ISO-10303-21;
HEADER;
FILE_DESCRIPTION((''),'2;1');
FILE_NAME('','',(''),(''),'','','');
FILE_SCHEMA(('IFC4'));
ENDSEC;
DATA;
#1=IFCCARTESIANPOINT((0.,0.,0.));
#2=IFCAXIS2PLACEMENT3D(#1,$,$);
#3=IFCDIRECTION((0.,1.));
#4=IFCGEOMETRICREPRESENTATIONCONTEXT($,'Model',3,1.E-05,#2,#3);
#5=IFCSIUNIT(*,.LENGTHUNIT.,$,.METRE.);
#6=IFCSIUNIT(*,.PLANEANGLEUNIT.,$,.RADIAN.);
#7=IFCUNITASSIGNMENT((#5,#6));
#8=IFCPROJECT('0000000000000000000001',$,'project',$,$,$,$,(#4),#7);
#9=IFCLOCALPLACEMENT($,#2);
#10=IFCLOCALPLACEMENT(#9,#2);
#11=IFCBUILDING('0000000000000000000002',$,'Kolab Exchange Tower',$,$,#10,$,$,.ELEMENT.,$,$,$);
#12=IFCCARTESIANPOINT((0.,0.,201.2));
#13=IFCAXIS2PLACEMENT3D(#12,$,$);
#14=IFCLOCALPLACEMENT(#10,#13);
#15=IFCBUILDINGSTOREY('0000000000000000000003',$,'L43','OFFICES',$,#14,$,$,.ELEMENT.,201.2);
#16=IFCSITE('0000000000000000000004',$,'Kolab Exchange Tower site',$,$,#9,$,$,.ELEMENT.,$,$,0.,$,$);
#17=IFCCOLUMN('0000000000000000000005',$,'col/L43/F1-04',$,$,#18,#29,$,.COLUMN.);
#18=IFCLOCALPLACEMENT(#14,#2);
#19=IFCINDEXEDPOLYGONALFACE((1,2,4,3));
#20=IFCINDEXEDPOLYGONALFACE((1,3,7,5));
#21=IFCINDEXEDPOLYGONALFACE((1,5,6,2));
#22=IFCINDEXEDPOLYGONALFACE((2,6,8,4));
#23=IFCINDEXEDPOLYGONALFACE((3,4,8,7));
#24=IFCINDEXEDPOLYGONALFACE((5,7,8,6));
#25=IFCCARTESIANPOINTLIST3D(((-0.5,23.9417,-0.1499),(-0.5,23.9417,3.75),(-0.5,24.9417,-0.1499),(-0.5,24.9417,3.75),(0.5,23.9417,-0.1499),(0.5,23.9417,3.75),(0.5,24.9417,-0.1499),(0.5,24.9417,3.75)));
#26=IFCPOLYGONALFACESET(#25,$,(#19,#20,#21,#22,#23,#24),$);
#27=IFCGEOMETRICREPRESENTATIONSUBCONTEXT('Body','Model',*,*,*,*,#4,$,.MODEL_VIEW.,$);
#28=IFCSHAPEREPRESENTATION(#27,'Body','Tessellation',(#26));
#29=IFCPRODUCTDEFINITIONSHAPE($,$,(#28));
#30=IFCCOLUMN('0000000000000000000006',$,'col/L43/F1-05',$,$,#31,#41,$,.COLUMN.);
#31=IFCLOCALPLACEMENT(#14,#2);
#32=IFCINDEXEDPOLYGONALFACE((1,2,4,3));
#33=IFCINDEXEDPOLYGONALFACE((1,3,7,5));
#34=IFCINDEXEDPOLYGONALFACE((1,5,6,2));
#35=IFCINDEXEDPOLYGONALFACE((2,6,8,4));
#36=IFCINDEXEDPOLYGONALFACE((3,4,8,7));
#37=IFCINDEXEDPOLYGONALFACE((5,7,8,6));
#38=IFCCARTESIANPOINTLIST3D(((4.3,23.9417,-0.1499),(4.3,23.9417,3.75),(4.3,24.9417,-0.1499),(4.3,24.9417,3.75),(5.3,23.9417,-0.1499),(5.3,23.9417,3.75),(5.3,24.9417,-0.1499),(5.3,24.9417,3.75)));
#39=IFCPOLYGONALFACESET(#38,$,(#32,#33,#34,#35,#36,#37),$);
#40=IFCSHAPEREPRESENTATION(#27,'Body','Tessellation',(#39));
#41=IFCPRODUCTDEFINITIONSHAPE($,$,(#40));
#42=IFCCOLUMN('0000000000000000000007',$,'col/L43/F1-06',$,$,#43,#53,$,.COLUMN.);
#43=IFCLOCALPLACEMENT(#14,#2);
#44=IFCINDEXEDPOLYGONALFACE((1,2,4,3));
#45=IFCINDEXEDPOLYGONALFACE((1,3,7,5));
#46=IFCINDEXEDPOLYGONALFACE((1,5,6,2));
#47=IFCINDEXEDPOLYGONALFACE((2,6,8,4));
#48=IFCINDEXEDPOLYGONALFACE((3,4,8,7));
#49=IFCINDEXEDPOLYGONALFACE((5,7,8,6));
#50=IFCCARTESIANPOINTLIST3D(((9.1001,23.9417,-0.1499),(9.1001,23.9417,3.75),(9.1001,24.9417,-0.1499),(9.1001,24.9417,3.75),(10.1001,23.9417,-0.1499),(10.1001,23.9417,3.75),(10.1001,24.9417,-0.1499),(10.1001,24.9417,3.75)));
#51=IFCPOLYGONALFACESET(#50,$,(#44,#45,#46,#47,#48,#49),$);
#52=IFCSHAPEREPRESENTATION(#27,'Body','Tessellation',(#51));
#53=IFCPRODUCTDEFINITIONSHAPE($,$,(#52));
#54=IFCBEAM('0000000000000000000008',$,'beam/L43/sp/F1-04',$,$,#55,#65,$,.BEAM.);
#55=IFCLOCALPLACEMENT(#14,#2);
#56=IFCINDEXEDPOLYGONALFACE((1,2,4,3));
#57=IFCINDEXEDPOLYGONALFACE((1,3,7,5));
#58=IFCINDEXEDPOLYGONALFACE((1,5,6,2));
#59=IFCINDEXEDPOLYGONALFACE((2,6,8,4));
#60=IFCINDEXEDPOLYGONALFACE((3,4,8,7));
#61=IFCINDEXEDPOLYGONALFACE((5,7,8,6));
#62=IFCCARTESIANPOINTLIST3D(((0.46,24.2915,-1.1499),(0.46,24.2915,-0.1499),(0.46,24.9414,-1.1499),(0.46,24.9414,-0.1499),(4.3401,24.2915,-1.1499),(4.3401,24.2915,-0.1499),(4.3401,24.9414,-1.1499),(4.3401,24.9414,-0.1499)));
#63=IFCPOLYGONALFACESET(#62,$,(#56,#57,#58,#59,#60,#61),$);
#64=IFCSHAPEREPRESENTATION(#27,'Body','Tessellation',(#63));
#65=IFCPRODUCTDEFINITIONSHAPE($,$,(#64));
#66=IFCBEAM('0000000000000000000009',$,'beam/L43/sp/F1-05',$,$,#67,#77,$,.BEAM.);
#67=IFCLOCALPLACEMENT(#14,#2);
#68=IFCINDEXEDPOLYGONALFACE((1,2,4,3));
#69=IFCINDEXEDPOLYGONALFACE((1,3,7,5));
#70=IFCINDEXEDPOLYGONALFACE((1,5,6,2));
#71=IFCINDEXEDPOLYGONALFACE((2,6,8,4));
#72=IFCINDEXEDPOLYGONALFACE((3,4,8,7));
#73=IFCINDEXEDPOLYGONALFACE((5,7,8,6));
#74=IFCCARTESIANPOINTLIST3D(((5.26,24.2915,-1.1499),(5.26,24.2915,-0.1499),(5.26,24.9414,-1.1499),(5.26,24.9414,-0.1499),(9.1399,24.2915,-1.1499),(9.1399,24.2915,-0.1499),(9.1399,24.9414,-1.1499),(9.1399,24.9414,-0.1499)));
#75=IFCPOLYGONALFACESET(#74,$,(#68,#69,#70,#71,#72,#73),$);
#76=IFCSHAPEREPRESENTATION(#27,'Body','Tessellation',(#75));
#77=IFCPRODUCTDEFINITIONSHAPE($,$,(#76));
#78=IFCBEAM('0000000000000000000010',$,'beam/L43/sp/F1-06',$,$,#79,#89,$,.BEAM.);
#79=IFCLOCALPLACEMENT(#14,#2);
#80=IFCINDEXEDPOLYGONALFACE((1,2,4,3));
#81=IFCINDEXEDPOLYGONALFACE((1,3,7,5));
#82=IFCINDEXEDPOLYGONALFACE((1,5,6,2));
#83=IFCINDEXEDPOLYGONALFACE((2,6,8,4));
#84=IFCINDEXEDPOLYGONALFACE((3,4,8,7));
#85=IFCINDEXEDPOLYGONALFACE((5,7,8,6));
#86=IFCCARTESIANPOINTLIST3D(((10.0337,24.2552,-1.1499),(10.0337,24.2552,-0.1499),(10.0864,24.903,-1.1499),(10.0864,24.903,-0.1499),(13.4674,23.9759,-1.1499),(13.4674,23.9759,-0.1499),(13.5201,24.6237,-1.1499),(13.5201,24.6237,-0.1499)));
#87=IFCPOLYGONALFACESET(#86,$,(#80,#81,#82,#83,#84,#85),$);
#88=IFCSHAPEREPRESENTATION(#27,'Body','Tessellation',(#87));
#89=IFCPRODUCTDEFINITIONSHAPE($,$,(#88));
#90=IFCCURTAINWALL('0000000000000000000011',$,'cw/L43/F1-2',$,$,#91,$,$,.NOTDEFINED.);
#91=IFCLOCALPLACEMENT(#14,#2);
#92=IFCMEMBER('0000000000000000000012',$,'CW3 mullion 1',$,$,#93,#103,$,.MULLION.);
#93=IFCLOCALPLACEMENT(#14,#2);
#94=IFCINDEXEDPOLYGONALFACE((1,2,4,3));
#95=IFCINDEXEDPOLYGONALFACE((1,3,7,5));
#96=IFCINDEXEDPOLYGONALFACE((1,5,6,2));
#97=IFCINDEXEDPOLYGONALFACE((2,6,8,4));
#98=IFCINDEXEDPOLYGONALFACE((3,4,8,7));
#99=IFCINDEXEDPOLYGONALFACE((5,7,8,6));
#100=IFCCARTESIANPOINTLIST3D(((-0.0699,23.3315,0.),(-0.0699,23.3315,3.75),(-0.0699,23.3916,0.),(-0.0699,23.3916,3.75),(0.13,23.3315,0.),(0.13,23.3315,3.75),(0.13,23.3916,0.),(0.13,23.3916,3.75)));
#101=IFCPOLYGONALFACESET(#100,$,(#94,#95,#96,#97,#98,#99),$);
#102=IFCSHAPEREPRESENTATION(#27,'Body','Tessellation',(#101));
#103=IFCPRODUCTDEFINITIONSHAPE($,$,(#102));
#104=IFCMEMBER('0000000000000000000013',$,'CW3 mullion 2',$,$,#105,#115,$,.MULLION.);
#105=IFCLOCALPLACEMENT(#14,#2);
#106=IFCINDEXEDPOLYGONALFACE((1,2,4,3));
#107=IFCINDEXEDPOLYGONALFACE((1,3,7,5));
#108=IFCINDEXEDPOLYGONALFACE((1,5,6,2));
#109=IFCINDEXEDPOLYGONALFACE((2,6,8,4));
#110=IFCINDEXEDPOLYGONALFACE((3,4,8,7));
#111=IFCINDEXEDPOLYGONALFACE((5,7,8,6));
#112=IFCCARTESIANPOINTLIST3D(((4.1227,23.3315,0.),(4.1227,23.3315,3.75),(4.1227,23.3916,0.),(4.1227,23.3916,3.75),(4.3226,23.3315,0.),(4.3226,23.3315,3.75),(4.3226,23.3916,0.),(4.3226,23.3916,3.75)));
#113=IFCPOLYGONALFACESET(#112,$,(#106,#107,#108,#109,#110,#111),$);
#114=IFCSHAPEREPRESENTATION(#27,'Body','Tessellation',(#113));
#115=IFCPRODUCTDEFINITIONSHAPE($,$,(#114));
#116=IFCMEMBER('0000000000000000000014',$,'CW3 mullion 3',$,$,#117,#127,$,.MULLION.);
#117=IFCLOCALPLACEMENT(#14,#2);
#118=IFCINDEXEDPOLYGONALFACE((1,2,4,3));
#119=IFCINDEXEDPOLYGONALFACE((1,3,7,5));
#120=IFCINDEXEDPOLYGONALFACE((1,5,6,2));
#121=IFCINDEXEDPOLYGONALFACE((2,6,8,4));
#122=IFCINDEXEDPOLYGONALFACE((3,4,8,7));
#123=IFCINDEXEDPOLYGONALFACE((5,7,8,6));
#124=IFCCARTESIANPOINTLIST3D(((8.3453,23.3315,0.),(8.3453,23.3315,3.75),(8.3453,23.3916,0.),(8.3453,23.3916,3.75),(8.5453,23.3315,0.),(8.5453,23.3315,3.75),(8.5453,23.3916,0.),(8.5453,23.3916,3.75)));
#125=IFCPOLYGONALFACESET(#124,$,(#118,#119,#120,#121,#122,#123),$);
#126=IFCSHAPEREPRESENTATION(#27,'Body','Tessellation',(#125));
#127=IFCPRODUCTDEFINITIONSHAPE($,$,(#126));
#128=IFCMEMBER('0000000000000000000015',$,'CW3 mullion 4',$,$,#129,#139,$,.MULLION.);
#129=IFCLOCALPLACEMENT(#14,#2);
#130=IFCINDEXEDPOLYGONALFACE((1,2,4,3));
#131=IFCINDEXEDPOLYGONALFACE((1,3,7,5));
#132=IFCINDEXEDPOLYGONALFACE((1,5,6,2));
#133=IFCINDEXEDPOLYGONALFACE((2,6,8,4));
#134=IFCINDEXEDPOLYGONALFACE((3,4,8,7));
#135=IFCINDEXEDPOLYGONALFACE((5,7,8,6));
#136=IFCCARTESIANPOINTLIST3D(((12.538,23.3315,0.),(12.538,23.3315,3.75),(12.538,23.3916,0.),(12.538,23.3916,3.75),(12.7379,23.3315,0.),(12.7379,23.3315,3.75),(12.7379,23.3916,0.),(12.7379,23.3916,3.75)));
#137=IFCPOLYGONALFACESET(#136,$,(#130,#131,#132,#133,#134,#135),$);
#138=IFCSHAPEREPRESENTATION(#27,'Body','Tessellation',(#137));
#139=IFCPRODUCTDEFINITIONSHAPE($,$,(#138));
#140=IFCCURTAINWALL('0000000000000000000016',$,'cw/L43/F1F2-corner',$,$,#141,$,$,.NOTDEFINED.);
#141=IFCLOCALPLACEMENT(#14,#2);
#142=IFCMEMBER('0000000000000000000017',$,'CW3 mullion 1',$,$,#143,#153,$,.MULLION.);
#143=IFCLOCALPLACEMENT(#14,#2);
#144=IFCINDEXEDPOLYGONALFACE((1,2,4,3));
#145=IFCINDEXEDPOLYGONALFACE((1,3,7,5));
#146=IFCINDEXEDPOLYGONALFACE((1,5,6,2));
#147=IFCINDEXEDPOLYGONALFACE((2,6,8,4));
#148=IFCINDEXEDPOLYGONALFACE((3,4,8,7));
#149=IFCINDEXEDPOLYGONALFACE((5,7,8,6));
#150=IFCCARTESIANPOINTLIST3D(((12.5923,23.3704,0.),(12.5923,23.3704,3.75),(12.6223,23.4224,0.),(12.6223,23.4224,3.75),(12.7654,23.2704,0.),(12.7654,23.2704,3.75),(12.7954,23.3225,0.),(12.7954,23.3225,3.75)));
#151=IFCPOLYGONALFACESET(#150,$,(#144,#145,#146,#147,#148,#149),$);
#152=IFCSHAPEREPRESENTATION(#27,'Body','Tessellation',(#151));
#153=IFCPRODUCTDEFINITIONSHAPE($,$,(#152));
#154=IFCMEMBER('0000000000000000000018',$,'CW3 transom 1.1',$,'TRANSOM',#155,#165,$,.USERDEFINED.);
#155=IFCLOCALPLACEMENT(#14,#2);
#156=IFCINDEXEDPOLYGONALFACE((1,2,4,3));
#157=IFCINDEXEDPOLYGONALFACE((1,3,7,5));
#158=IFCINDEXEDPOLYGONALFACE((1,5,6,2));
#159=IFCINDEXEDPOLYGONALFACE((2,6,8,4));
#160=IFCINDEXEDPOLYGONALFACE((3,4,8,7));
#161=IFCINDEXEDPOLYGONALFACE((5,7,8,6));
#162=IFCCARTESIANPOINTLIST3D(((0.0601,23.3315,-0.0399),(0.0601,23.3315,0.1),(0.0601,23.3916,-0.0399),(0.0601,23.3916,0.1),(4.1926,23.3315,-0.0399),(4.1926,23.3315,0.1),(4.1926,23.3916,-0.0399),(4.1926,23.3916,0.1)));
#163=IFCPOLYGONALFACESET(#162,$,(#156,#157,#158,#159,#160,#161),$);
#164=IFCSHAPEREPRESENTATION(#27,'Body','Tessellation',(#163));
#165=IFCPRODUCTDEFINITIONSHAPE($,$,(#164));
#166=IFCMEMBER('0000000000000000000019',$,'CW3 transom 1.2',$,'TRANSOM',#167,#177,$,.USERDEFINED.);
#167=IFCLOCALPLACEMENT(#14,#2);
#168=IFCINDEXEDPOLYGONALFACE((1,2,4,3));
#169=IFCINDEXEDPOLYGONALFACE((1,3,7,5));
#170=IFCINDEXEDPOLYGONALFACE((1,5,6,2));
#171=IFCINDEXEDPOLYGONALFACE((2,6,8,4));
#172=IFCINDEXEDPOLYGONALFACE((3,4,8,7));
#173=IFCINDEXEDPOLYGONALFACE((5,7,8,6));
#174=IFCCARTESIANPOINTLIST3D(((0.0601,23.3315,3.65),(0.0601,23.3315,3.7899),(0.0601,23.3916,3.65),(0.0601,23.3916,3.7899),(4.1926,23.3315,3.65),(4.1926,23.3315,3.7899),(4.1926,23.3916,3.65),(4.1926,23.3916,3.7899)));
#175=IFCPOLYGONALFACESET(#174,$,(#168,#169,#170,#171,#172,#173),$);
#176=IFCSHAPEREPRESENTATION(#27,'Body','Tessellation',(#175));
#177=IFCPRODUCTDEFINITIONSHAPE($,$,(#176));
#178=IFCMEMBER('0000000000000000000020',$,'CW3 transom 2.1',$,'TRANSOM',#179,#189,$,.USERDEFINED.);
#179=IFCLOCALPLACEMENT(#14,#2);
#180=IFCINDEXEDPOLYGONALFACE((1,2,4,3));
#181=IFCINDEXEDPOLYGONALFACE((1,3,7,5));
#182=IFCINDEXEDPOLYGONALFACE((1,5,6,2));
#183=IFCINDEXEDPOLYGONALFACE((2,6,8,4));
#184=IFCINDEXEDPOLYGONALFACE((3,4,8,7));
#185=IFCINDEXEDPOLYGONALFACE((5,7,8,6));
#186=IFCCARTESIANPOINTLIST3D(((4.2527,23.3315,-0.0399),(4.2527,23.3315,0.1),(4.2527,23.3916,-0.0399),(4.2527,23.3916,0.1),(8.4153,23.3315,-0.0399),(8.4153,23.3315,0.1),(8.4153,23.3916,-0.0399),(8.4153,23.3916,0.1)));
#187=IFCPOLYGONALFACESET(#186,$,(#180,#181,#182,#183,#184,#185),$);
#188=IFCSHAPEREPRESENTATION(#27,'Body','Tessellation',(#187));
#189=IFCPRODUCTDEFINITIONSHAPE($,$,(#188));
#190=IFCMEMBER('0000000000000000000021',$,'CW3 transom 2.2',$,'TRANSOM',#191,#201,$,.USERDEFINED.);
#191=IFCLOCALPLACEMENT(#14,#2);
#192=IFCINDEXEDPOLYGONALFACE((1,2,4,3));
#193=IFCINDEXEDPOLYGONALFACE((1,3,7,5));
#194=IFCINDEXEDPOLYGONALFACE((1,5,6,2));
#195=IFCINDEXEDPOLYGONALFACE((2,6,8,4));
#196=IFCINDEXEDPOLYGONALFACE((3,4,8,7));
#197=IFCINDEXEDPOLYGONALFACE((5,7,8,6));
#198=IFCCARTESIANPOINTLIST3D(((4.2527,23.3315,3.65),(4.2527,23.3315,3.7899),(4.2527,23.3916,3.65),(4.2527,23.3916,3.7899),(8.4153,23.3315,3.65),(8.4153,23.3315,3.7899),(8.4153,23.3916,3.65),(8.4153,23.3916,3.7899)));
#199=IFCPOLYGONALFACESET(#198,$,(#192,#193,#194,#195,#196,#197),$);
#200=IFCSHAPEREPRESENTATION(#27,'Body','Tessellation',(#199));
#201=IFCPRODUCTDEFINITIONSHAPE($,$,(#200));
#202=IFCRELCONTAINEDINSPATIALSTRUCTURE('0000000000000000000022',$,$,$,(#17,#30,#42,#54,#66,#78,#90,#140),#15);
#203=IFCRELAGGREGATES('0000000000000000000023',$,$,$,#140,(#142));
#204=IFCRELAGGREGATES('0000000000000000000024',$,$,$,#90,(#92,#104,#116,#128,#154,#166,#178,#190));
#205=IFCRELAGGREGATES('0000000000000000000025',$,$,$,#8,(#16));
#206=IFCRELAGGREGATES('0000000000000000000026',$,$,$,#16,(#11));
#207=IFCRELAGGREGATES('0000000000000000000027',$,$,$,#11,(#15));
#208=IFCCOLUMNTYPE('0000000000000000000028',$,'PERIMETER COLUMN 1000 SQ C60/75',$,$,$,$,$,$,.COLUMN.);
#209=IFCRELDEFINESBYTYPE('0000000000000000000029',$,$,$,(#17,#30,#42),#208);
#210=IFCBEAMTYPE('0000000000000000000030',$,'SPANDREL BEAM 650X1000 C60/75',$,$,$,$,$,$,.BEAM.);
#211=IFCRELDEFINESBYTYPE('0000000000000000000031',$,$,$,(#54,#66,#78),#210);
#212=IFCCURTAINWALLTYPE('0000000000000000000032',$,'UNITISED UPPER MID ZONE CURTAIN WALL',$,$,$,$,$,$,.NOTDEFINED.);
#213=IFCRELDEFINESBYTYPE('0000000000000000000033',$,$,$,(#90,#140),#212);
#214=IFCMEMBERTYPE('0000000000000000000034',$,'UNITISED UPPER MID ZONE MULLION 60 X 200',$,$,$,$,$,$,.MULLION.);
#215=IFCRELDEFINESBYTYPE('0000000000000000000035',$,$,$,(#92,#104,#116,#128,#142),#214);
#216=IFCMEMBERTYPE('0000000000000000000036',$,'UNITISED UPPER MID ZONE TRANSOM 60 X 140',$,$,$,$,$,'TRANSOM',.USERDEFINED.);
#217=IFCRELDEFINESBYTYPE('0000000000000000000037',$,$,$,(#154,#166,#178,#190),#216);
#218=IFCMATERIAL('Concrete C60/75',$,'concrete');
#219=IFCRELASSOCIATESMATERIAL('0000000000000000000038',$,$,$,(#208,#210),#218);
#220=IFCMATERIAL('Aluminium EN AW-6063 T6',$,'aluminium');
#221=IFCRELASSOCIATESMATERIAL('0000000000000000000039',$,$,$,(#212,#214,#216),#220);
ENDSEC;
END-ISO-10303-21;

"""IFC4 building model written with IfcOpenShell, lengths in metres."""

from ifc_helpers import new_model, si_unit, direction, frame, origin, origin_2d, place, context, subcontext, project, spatial, rectangle, extrude, material, material_profile, profile_set, type_object, element, aggregate, save


model = new_model("IFC4")

# Units and contexts
model_context = context("Model", 3, precision=1e-05, world=origin(), true_north=direction((0.0, 1.0)))
body_context = subcontext(model_context, "Body", "Model", "MODEL_VIEW")
ifc_project = project(units=[si_unit("LENGTHUNIT", "METRE"), si_unit("PLANEANGLEUNIT", "RADIAN")], contexts=[model_context])

# Site, building, storey
site_placement = place(None, origin())
site = spatial("IfcSite", under=ifc_project, at=site_placement, Name="Kolab Exchange Tower site", CompositionType="ELEMENT", RefElevation=0.0)
building_placement = place(site_placement, origin())
building = spatial("IfcBuilding", under=site, at=building_placement, Name="Kolab Exchange Tower", CompositionType="ELEMENT")
storey_placement = place(building_placement, frame((0.0, 0.0, 201.2)))
storey = spatial("IfcBuildingStorey", under=building, at=storey_placement, Name="L43", Description="OFFICES", CompositionType="ELEMENT", Elevation=201.2)

# Columns
ifc_material_1 = material(Name="Concrete C60/75", Category="concrete")
ifc_material_profile_1 = material_profile(ifc_material_1, rectangle(XDim=1.0, YDim=1.0, at=origin_2d()), Name="RC1000")
ifc_profile_set_1 = profile_set([ifc_material_profile_1], Name="Concrete C60/75")
column_type = type_object("IfcColumnType", Name="PERIMETER COLUMN 1000 SQ C60/75", PredefinedType="COLUMN", material=ifc_profile_set_1)
for number, where, z_axis, x_axis, name in (
    (1, (0.0, 24.4417, -0.1499), (0.0, 0.0, 1.0), (1.0, 0.0, 0.0), "col/L43/F1-04"),
    (2, (4.8, 24.4417, -0.1499), (0.0, 0.0, 1.0), (1.0, 0.0, 0.0), "col/L43/F1-05"),
    (3, (9.6001, 24.4417, -0.1499), (0.0, 0.0, 1.0), (1.0, 0.0, 0.0), "col/L43/F1-06"),
):
    element("IfcColumn", number, at=place(storey_placement, frame(where, z_axis=z_axis, x_axis=x_axis)), inside=storey, type_object=column_type, Name=name, PredefinedType="COLUMN", context=body_context, shape_type="SweptSolid", body=[
        extrude(rectangle(XDim=1.0, YDim=1.0, at=origin_2d()), origin(), (0.0, 0.0, 1.0), 3.8999),
    ])

# Beams
ifc_material_profile_2 = material_profile(ifc_material_1, rectangle(XDim=0.6499, YDim=1.0, at=origin_2d()), Name="RC650X1000")
ifc_profile_set_2 = profile_set([ifc_material_profile_2], Name="Concrete C60/75")
beam_type = type_object("IfcBeamType", Name="SPANDREL BEAM 650X1000 C60/75", PredefinedType="BEAM", material=ifc_profile_set_2)
beam_1_placement = place(storey_placement, frame((0.46, 24.6165, -0.6499), z_axis=(1.0, 0.0, 0.0), x_axis=(0.0, 1.0, 0.0)))
element("IfcBeam", 4, at=beam_1_placement, inside=storey, type_object=beam_type, Name="beam/L43/sp/F1-04", PredefinedType="BEAM", context=body_context, shape_type="SweptSolid", body=[
    extrude(rectangle(XDim=0.6499, YDim=1.0, at=origin_2d()), origin(), (0.0, 0.0, 1.0), 3.8801),
])
beam_2_placement = place(storey_placement, frame((5.26, 24.6165, -0.6499), z_axis=(1.0, 0.0, 0.0), x_axis=(0.0, 1.0, 0.0)))
element("IfcBeam", 5, at=beam_2_placement, inside=storey, type_object=beam_type, Name="beam/L43/sp/F1-05", PredefinedType="BEAM", context=body_context, shape_type="SweptSolid", body=[
    extrude(rectangle(XDim=0.6499, YDim=1.0, at=origin_2d()), origin(), (0.0, 0.0, 1.0), 3.8799),
])
beam_3_placement = place(storey_placement, frame((10.0601, 24.5791, -0.6499), z_axis=(0.996708, -0.081069, 0.0), x_axis=(0.081069, 0.996708, 0.0)))
element("IfcBeam", 6, at=beam_3_placement, inside=storey, type_object=beam_type, Name="beam/L43/sp/F1-06", PredefinedType="BEAM", context=body_context, shape_type="SweptSolid", body=[
    extrude(rectangle(XDim=0.6499, YDim=1.0, at=origin_2d()), origin(), (0.0, 0.0, 1.0), 3.4451),
])

# Curtain wall, members
ifc_material_2 = material(Name="Aluminium EN AW-6063 T6", Category="aluminium")
curtain_wall_type = type_object("IfcCurtainWallType", Name="UNITISED UPPER MID ZONE CURTAIN WALL", PredefinedType="NOTDEFINED", material=ifc_material_2)
curtain_wall_1_placement = place(storey_placement, origin())
curtain_wall_1 = element("IfcCurtainWall", 7, at=curtain_wall_1_placement, inside=storey, type_object=curtain_wall_type, Name="cw/L43/F1-2", PredefinedType="NOTDEFINED")
ifc_material_profile_3 = material_profile(ifc_material_2, rectangle(XDim=0.0601, YDim=0.2, at=origin_2d()), Name="RECT 60X200")
ifc_profile_set_3 = profile_set([ifc_material_profile_3], Name="Aluminium EN AW-6063 T6")
member_type_1 = type_object("IfcMemberType", Name="UNITISED UPPER MID ZONE MULLION 60 X 200", PredefinedType="MULLION", material=ifc_profile_set_3)
member_1_placement = place(storey_placement, frame((0.03, 23.3616, 0.0), z_axis=(0.0, 0.0, 1.0), x_axis=(0.0, 1.0, 0.0)))
member_1 = element("IfcMember", 8, at=member_1_placement, type_object=member_type_1, Name="CW3 mullion 1", PredefinedType="MULLION", context=body_context, shape_type="SweptSolid", body=[
    extrude(rectangle(XDim=0.0601, YDim=0.2, at=origin_2d()), origin(), (0.0, 0.0, 1.0), 3.75),
])
member_2_placement = place(storey_placement, frame((4.2227, 23.3616, 0.0), z_axis=(0.0, 0.0, 1.0), x_axis=(0.0, 1.0, 0.0)))
member_2 = element("IfcMember", 9, at=member_2_placement, type_object=member_type_1, Name="CW3 mullion 2", PredefinedType="MULLION", context=body_context, shape_type="SweptSolid", body=[
    extrude(rectangle(XDim=0.0601, YDim=0.2, at=origin_2d()), origin(), (0.0, 0.0, 1.0), 3.75),
])
member_3_placement = place(storey_placement, frame((8.4453, 23.3616, 0.0), z_axis=(0.0, 0.0, 1.0), x_axis=(0.0, 1.0, 0.0)))
member_3 = element("IfcMember", 10, at=member_3_placement, type_object=member_type_1, Name="CW3 mullion 3", PredefinedType="MULLION", context=body_context, shape_type="SweptSolid", body=[
    extrude(rectangle(XDim=0.0601, YDim=0.2, at=origin_2d()), origin(), (0.0, 0.0, 1.0), 3.75),
])
member_4_placement = place(storey_placement, frame((12.6379, 23.3616, 0.0), z_axis=(0.0, 0.0, 1.0), x_axis=(0.0, 1.0, 0.0)))
member_4 = element("IfcMember", 11, at=member_4_placement, type_object=member_type_1, Name="CW3 mullion 4", PredefinedType="MULLION", context=body_context, shape_type="SweptSolid", body=[
    extrude(rectangle(XDim=0.0601, YDim=0.2, at=origin_2d()), origin(), (0.0, 0.0, 1.0), 3.75),
])

# Curtain wall, member
curtain_wall_2_placement = place(storey_placement, origin())
curtain_wall_2 = element("IfcCurtainWall", 12, at=curtain_wall_2_placement, inside=storey, type_object=curtain_wall_type, Name="cw/L43/F1F2-corner", PredefinedType="NOTDEFINED")
member_5_placement = place(storey_placement, frame((12.6938, 23.3464, 0.0), z_axis=(0.0, 0.0, 1.0), x_axis=(0.5, 0.866025, 0.0)))
member_5 = element("IfcMember", 13, at=member_5_placement, type_object=member_type_1, Name="CW3 mullion 1", PredefinedType="MULLION", context=body_context, shape_type="SweptSolid", body=[
    extrude(rectangle(XDim=0.0601, YDim=0.2, at=origin_2d()), origin(), (0.0, 0.0, 1.0), 3.75),
])

# Members
ifc_material_profile_4 = material_profile(ifc_material_2, rectangle(XDim=0.0601, YDim=0.1399, at=origin_2d()), Name="RECT 60X140")
ifc_profile_set_4 = profile_set([ifc_material_profile_4], Name="Aluminium EN AW-6063 T6")
member_type_2 = type_object("IfcMemberType", Name="UNITISED UPPER MID ZONE TRANSOM 60 X 140", ElementType="TRANSOM", PredefinedType="USERDEFINED", material=ifc_profile_set_4)
member_6_placement = place(storey_placement, frame((0.0601, 23.3616, 0.03), z_axis=(1.0, 0.0, 0.0), x_axis=(0.0, 1.0, 0.0)))
member_6 = element("IfcMember", 14, at=member_6_placement, type_object=member_type_2, Name="CW3 transom 1.1", ObjectType="TRANSOM", PredefinedType="USERDEFINED", context=body_context, shape_type="SweptSolid", body=[
    extrude(rectangle(XDim=0.0601, YDim=0.1399, at=origin_2d()), origin(), (0.0, 0.0, 1.0), 4.1326),
])
member_7_placement = place(storey_placement, frame((0.0601, 23.3616, 3.72), z_axis=(1.0, 0.0, 0.0), x_axis=(0.0, 1.0, 0.0)))
member_7 = element("IfcMember", 15, at=member_7_placement, type_object=member_type_2, Name="CW3 transom 1.2", ObjectType="TRANSOM", PredefinedType="USERDEFINED", context=body_context, shape_type="SweptSolid", body=[
    extrude(rectangle(XDim=0.0601, YDim=0.1399, at=origin_2d()), origin(), (0.0, 0.0, 1.0), 4.1326),
])
member_8_placement = place(storey_placement, frame((4.2527, 23.3616, 0.03), z_axis=(1.0, 0.0, 0.0), x_axis=(0.0, 1.0, 0.0)))
member_8 = element("IfcMember", 16, at=member_8_placement, type_object=member_type_2, Name="CW3 transom 2.1", ObjectType="TRANSOM", PredefinedType="USERDEFINED", context=body_context, shape_type="SweptSolid", body=[
    extrude(rectangle(XDim=0.0601, YDim=0.1399, at=origin_2d()), origin(), (0.0, 0.0, 1.0), 4.1626),
])
member_9_placement = place(storey_placement, frame((4.2527, 23.3616, 3.72), z_axis=(1.0, 0.0, 0.0), x_axis=(0.0, 1.0, 0.0)))
member_9 = element("IfcMember", 17, at=member_9_placement, type_object=member_type_2, Name="CW3 transom 2.2", ObjectType="TRANSOM", PredefinedType="USERDEFINED", context=body_context, shape_type="SweptSolid", body=[
    extrude(rectangle(XDim=0.0601, YDim=0.1399, at=origin_2d()), origin(), (0.0, 0.0, 1.0), 4.1626),
])
aggregate(curtain_wall_2, [member_5])

aggregate(curtain_wall_1, [member_1, member_2, member_3, member_4, member_6, member_7, member_8, member_9])

save(model, "model.ifc")
